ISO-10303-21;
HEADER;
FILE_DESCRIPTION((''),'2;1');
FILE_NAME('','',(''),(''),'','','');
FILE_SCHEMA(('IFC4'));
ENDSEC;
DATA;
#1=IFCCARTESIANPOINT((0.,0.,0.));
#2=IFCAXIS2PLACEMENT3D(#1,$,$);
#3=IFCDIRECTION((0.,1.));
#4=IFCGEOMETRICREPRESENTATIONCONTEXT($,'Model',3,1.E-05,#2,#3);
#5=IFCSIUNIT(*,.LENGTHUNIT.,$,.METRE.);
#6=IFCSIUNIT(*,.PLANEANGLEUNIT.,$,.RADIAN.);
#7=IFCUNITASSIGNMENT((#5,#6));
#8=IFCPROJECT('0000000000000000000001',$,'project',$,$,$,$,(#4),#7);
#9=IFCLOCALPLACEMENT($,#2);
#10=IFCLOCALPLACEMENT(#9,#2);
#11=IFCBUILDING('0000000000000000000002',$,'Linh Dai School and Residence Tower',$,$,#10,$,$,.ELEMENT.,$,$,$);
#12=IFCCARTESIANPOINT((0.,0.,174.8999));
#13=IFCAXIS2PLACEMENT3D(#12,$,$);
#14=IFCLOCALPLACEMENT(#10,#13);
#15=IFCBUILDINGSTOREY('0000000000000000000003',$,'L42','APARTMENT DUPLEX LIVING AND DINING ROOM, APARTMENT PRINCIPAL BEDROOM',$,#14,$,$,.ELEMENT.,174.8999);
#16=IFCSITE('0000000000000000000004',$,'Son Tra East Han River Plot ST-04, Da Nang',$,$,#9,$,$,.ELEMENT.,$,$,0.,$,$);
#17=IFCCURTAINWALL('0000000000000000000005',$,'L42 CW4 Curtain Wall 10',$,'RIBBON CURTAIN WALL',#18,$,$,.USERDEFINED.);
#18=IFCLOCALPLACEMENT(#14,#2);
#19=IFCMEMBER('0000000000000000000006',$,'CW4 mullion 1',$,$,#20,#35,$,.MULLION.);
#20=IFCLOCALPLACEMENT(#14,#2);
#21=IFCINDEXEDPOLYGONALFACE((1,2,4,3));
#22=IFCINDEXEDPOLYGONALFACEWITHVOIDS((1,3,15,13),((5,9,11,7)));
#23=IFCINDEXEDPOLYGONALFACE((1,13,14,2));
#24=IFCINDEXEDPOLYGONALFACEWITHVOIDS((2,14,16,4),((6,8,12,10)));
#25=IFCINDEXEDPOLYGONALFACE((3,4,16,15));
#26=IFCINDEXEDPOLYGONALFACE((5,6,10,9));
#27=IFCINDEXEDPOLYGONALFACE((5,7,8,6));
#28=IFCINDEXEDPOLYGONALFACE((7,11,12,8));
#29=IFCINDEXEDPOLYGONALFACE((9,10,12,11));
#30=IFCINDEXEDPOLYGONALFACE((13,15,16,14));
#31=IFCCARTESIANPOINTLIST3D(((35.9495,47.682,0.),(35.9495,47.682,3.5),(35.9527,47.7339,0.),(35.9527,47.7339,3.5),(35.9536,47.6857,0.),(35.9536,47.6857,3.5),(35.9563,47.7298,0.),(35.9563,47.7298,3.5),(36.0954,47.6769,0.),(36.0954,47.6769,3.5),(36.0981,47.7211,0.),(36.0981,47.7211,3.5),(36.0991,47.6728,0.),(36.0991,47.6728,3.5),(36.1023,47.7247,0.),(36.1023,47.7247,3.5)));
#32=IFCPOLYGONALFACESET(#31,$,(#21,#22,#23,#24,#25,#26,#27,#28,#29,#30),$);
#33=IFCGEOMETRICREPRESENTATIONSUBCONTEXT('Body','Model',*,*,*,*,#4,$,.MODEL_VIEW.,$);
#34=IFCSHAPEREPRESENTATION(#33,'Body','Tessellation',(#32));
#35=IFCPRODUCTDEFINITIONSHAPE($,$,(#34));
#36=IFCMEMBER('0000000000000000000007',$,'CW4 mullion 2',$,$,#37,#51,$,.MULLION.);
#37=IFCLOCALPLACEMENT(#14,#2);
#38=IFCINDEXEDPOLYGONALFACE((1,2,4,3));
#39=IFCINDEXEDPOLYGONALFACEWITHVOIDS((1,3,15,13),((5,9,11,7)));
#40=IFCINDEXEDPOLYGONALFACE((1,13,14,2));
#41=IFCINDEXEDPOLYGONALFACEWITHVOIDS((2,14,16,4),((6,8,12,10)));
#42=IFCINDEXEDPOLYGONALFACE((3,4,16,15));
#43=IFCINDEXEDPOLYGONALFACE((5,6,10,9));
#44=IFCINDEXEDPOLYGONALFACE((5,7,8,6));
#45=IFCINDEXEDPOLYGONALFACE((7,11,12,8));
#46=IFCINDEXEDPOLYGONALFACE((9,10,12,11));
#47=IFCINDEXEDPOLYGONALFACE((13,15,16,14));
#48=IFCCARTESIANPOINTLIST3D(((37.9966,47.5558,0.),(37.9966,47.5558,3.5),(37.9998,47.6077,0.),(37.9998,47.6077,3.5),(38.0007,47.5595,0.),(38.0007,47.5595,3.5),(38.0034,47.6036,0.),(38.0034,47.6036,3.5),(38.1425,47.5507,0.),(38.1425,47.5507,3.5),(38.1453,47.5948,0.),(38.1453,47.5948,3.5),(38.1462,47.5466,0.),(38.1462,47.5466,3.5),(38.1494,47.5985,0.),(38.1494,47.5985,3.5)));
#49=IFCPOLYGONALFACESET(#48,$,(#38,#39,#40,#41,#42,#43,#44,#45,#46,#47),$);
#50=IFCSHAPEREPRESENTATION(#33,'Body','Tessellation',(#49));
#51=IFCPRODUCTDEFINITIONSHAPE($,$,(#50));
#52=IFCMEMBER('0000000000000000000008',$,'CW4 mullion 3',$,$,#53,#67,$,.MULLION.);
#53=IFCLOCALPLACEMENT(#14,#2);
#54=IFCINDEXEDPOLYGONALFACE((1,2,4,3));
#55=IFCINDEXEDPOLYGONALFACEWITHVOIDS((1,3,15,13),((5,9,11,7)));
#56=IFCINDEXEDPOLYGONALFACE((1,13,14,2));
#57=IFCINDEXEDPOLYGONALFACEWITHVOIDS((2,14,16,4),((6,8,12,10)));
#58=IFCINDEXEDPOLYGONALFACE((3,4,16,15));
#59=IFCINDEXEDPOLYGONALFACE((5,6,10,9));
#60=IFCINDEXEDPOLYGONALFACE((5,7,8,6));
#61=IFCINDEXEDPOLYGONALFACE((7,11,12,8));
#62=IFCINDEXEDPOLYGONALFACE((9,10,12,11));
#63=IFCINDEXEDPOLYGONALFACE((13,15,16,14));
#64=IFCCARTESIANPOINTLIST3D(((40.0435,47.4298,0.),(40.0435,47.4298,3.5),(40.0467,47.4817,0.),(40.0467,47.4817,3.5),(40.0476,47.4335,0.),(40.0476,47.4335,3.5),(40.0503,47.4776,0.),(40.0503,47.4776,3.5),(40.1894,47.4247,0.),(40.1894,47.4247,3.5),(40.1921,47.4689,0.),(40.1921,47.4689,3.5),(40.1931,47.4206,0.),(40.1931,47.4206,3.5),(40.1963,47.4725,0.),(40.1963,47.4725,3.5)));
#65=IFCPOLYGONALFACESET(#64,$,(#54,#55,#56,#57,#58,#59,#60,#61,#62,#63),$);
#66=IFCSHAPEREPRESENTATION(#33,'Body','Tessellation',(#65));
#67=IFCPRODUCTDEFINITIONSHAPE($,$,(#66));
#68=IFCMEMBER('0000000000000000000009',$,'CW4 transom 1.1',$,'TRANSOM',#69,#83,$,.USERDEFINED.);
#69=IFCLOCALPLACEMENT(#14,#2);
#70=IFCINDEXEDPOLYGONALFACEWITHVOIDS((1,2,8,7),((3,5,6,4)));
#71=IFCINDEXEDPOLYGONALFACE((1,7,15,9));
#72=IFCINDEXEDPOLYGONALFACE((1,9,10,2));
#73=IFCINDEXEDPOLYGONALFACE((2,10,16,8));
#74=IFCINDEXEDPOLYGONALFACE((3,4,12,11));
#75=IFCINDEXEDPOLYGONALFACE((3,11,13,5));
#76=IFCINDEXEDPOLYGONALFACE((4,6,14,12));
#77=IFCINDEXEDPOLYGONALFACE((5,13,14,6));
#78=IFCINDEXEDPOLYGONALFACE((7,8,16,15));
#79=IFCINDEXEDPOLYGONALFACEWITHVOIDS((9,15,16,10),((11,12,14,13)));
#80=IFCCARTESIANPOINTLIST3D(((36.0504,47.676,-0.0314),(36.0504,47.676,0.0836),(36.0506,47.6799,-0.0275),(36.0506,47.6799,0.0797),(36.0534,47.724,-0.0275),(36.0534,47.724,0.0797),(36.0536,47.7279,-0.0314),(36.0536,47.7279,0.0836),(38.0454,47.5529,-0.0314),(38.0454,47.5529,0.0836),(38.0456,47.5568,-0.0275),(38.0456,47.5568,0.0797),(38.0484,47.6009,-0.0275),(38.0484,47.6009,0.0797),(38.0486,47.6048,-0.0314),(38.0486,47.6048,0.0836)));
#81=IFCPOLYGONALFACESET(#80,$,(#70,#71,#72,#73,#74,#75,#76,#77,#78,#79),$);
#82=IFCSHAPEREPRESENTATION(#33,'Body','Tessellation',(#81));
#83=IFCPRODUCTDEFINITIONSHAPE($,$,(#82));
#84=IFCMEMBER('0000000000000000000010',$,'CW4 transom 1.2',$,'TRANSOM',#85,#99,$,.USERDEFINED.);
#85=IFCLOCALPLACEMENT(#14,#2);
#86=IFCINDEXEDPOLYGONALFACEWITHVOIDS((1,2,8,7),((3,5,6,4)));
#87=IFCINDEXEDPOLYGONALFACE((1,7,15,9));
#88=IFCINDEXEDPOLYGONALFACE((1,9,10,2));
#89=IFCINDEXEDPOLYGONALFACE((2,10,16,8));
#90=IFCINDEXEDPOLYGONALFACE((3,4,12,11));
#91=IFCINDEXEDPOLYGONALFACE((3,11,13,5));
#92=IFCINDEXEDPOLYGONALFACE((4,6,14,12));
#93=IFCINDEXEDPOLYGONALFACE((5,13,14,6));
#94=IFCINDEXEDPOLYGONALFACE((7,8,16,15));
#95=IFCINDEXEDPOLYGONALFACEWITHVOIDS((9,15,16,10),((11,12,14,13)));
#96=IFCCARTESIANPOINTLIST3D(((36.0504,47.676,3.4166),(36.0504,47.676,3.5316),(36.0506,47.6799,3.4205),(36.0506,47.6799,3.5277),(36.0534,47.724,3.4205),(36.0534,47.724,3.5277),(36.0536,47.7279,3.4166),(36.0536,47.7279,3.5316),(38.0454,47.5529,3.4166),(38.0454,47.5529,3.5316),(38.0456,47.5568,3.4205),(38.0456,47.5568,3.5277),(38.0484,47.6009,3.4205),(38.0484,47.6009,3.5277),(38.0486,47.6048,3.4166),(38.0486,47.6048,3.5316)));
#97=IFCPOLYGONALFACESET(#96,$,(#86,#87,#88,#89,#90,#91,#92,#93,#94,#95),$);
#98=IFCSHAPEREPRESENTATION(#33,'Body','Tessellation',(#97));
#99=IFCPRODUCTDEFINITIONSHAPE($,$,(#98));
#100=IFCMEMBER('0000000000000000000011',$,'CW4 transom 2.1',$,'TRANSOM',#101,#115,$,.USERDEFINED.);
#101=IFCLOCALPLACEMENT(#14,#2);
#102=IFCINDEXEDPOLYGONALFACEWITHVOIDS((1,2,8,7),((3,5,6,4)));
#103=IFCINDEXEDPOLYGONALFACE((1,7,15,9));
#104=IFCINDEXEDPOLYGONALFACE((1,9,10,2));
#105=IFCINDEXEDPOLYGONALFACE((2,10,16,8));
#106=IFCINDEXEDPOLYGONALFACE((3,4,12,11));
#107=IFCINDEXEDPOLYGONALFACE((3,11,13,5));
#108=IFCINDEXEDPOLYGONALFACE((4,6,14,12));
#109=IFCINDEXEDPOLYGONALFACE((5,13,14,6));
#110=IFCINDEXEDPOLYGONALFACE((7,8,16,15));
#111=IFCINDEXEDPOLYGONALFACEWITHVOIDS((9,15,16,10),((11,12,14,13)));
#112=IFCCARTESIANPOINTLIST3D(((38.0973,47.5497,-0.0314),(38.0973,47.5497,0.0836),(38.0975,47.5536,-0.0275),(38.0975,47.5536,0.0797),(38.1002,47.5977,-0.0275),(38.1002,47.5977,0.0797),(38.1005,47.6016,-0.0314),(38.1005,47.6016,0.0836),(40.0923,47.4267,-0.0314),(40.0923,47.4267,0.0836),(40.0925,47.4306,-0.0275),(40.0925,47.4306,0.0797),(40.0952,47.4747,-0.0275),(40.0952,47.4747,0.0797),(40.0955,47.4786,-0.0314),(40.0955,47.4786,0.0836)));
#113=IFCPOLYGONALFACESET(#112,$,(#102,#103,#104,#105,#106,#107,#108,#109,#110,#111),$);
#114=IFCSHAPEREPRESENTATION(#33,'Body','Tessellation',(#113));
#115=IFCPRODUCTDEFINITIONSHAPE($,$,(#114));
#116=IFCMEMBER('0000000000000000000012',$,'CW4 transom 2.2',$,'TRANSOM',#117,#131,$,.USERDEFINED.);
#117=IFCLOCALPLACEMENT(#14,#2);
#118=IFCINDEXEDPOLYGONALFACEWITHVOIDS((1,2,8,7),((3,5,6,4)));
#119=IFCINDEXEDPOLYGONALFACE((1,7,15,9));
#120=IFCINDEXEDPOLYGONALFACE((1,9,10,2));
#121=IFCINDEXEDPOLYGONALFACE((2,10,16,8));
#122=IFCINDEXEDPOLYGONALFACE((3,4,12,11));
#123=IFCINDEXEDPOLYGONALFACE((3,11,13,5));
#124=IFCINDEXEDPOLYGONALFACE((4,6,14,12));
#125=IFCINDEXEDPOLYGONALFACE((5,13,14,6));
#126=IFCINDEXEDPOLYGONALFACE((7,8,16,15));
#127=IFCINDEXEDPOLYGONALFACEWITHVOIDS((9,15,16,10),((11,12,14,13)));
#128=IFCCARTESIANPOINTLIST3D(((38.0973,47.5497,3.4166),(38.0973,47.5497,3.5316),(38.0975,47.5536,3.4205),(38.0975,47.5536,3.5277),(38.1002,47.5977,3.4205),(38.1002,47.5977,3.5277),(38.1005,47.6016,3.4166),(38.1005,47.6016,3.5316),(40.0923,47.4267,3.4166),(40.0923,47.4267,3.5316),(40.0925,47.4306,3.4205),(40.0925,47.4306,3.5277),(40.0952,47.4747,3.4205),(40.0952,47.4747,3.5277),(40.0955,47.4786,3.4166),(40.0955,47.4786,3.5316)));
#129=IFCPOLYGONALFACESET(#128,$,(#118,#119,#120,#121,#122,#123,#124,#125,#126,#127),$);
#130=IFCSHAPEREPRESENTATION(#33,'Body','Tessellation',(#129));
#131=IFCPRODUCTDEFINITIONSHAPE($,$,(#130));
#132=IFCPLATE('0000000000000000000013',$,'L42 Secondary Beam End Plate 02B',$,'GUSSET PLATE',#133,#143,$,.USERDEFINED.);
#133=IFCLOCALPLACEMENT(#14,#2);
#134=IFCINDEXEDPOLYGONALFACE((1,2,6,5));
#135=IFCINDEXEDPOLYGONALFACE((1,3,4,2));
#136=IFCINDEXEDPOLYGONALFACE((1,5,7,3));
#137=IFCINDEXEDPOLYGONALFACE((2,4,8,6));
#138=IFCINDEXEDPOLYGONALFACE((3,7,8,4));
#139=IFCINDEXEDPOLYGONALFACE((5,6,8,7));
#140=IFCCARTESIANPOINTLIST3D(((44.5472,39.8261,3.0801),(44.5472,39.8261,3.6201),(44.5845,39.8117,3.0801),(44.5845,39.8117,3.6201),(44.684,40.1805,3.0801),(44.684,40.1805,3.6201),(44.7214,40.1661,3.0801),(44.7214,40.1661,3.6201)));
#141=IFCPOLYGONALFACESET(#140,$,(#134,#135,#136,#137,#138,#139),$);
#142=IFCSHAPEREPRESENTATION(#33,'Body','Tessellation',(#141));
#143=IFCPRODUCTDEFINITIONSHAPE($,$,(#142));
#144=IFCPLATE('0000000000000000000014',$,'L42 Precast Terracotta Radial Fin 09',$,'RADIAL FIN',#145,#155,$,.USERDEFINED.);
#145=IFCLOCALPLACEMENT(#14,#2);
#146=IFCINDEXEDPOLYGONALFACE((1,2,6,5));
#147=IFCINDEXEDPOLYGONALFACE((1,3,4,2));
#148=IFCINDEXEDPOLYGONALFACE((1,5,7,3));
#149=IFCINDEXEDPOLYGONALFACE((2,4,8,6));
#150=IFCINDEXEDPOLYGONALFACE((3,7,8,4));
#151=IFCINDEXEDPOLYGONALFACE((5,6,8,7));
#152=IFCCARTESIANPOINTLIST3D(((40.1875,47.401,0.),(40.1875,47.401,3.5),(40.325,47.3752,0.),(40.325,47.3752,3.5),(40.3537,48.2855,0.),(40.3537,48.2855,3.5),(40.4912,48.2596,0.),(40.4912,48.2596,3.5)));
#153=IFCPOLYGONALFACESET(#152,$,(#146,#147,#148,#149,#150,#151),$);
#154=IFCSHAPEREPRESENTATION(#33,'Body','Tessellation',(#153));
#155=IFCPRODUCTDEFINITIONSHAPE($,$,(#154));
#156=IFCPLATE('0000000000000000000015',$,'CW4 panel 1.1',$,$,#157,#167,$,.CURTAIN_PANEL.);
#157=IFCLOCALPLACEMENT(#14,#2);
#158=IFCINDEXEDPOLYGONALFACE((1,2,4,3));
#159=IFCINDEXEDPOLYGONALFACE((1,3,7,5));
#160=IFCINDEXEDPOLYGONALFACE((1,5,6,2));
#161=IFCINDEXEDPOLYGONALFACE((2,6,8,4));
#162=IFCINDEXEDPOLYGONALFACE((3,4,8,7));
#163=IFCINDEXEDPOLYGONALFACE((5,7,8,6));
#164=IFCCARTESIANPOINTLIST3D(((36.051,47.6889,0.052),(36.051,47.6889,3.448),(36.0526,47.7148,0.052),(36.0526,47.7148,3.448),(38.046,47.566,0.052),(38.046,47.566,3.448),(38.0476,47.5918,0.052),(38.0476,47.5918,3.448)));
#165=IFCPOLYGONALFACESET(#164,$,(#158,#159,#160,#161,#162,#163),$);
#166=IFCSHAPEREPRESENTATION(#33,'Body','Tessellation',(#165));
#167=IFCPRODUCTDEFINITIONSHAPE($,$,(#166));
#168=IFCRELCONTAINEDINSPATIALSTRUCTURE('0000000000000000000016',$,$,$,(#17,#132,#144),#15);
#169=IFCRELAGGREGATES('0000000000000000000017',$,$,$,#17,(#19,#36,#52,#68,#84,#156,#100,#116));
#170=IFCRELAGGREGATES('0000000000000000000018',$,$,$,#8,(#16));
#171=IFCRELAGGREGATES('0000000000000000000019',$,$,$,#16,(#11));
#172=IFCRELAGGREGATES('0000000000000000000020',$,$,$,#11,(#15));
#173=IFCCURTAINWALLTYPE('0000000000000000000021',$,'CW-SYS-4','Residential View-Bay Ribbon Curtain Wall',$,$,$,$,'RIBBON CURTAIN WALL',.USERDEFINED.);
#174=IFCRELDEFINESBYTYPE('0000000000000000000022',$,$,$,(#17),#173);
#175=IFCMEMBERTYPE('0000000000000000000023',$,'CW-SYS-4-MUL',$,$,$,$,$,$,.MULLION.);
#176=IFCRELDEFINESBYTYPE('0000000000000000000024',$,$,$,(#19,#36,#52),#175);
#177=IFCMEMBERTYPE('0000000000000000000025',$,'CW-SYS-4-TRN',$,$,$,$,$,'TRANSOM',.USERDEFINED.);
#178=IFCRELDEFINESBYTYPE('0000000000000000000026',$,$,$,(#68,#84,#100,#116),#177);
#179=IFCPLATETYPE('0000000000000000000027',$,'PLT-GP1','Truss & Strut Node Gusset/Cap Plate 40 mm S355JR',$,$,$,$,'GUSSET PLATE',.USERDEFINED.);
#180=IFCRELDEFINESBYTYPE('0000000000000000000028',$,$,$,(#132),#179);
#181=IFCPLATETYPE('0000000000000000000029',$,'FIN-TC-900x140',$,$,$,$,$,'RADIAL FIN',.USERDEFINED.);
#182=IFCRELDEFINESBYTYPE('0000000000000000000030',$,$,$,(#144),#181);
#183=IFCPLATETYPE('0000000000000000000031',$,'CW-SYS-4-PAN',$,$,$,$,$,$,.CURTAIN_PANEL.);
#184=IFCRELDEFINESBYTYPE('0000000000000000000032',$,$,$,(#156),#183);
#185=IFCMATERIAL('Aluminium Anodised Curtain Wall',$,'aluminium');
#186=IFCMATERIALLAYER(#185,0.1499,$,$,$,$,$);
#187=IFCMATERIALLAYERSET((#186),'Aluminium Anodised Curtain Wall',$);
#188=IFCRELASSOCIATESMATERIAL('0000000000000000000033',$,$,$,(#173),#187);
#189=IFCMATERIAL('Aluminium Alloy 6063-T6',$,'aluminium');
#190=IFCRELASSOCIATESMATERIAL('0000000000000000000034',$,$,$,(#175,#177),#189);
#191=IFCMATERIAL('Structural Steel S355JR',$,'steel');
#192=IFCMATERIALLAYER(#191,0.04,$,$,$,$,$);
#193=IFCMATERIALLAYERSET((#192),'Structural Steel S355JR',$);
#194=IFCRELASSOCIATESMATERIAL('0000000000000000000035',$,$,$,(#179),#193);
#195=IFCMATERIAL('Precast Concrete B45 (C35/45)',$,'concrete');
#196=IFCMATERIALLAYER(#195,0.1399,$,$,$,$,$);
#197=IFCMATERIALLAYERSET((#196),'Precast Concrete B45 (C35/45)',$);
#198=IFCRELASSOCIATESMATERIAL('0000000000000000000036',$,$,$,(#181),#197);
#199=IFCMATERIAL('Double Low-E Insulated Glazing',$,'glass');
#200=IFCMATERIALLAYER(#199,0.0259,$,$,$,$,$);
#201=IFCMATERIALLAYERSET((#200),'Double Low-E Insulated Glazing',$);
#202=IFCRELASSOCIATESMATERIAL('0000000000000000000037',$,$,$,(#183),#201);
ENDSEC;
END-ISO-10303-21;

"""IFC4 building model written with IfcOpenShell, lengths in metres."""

from ifc_helpers import new_model, si_unit, direction, frame, origin, origin_2d, place, context, subcontext, project, spatial, rectangle, hollow_rectangle, extrude, source, transform, mapped, material, layer, layer_set, material_profile, profile_set, type_object, element, aggregate, save


model = new_model("IFC4")

# Units and contexts
model_context = context("Model", 3, precision=1e-05, world=origin(), true_north=direction((0.0, 1.0)))
body_context = subcontext(model_context, "Body", "Model", "MODEL_VIEW")
ifc_project = project(units=[si_unit("LENGTHUNIT", "METRE"), si_unit("PLANEANGLEUNIT", "RADIAN")], contexts=[model_context])

# Site, building, storey
site_placement = place(None, origin())
site = spatial("IfcSite", under=ifc_project, at=site_placement, Name="Son Tra East Han River Plot ST-04, Da Nang", CompositionType="ELEMENT", RefElevation=0.0)
building_placement = place(site_placement, origin())
building = spatial("IfcBuilding", under=site, at=building_placement, Name="Linh Dai School and Residence Tower", CompositionType="ELEMENT")
storey_placement = place(building_placement, frame((0.0, 0.0, 174.8999)))
storey = spatial("IfcBuildingStorey", under=building, at=storey_placement, Name="L42", Description="APARTMENT DUPLEX LIVING AND DINING ROOM, APARTMENT PRINCIPAL BEDROOM", CompositionType="ELEMENT", Elevation=174.8999)

# Curtain wall, members
ifc_material_1 = material(Name="Aluminium Anodised Curtain Wall", Category="aluminium")
ifc_layer_1 = layer(ifc_material_1, 0.1499)
ifc_layer_set_1 = layer_set([ifc_layer_1], Name="Aluminium Anodised Curtain Wall")
curtain_wall_type = type_object("IfcCurtainWallType", Name="CW-SYS-4", Description="Residential View-Bay Ribbon Curtain Wall", ElementType="RIBBON CURTAIN WALL", PredefinedType="USERDEFINED", material=ifc_layer_set_1)
curtain_wall_placement = place(storey_placement, origin())
curtain_wall = element("IfcCurtainWall", 1, at=curtain_wall_placement, inside=storey, type_object=curtain_wall_type, Name="L42 CW4 Curtain Wall 10", ObjectType="RIBBON CURTAIN WALL", PredefinedType="USERDEFINED")
ifc_material_2 = material(Name="Aluminium Alloy 6063-T6", Category="aluminium")
ifc_material_profile_1 = material_profile(ifc_material_2, hollow_rectangle(XDim=0.052, YDim=0.1499, WallThickness=0.0039, at=origin_2d()), Name="RHS 150x52x4")
ifc_profile_set_1 = profile_set([ifc_material_profile_1], Name="Aluminium Alloy 6063-T6")
member_type_1 = type_object("IfcMemberType", Name="CW-SYS-4-MUL", PredefinedType="MULLION", material=ifc_profile_set_1)
shared_shape_1 = source(origin(), body_context, "Body", "SweptSolid", [
    extrude(hollow_rectangle(XDim=0.052, YDim=0.1499, WallThickness=0.0039, at=origin_2d()), origin(), (0.0, 0.0, 1.0), 3.5),
])
member_1_placement = place(storey_placement, frame((36.0259, 47.7034, 0.0), z_axis=(0.0, 0.0, 1.0), x_axis=(0.061512, 0.998106, 0.0)))
member_1 = element("IfcMember", 2, at=member_1_placement, type_object=member_type_1, Name="CW4 mullion 1", PredefinedType="MULLION", context=body_context, shape_type="MappedRepresentation", body=[
    mapped(shared_shape_1, transform((0.0, 0.0, 0.0), x_axis=(1.0, 0.0, 0.0), y_axis=(0.0, 1.0, 0.0), z_axis=(0.0, 0.0, 1.0), scale=1.0)),
])
member_2_placement = place(storey_placement, frame((38.073, 47.5771, 0.0), z_axis=(0.0, 0.0, 1.0), x_axis=(0.061512, 0.998106, 0.0)))
member_2 = element("IfcMember", 3, at=member_2_placement, type_object=member_type_1, Name="CW4 mullion 2", PredefinedType="MULLION", context=body_context, shape_type="MappedRepresentation", body=[
    mapped(shared_shape_1, transform((0.0, 0.0, 0.0), x_axis=(1.0, 0.0, 0.0), y_axis=(0.0, 1.0, 0.0), z_axis=(0.0, 0.0, 1.0), scale=1.0)),
])
member_3_placement = place(storey_placement, frame((40.1199, 47.4512, 0.0), z_axis=(0.0, 0.0, 1.0), x_axis=(0.061512, 0.998106, 0.0)))
member_3 = element("IfcMember", 4, at=member_3_placement, type_object=member_type_1, Name="CW4 mullion 3", PredefinedType="MULLION", context=body_context, shape_type="MappedRepresentation", body=[
    mapped(shared_shape_1, transform((0.0, 0.0, 0.0), x_axis=(1.0, 0.0, 0.0), y_axis=(0.0, 1.0, 0.0), z_axis=(0.0, 0.0, 1.0), scale=1.0)),
])
ifc_material_profile_2 = material_profile(ifc_material_2, hollow_rectangle(XDim=0.052, YDim=0.115, WallThickness=0.0039, at=origin_2d()), Name="RHS 115x52x4")
ifc_profile_set_2 = profile_set([ifc_material_profile_2], Name="Aluminium Alloy 6063-T6")
member_type_2 = type_object("IfcMemberType", Name="CW-SYS-4-TRN", ElementType="TRANSOM", PredefinedType="USERDEFINED", material=ifc_profile_set_2)
shared_shape_2 = source(origin(), body_context, "Body", "SweptSolid", [
    extrude(hollow_rectangle(XDim=0.052, YDim=0.115, WallThickness=0.0039, at=origin_2d()), origin(), (0.0, 0.0, 1.0), 1.9988),
])
member_4_placement = place(storey_placement, frame((36.052, 47.7019, 0.0261), z_axis=(0.998103, -0.061565, 0.0), x_axis=(0.061565, 0.998103, 0.0)))
member_4 = element("IfcMember", 5, at=member_4_placement, type_object=member_type_2, Name="CW4 transom 1.1", ObjectType="TRANSOM", PredefinedType="USERDEFINED", context=body_context, shape_type="MappedRepresentation", body=[
    mapped(shared_shape_2, transform((0.0, 0.0, 0.0), x_axis=(1.0, 0.0, 0.0), y_axis=(0.0, 1.0, 0.0), z_axis=(0.0, 0.0, 1.0), scale=1.0)),
])
member_5_placement = place(storey_placement, frame((36.052, 47.7019, 3.4741), z_axis=(0.998103, -0.061565, 0.0), x_axis=(0.061565, 0.998103, 0.0)))
member_5 = element("IfcMember", 6, at=member_5_placement, type_object=member_type_2, Name="CW4 transom 1.2", ObjectType="TRANSOM", PredefinedType="USERDEFINED", context=body_context, shape_type="MappedRepresentation", body=[
    mapped(shared_shape_2, transform((0.0, 0.0, 0.0), x_axis=(1.0, 0.0, 0.0), y_axis=(0.0, 1.0, 0.0), z_axis=(0.0, 0.0, 1.0), scale=1.0)),
])
member_6_placement = place(storey_placement, frame((38.0989, 47.5757, 0.0261), z_axis=(0.998103, -0.061565, 0.0), x_axis=(0.061565, 0.998103, 0.0)))
member_6 = element("IfcMember", 7, at=member_6_placement, type_object=member_type_2, Name="CW4 transom 2.1", ObjectType="TRANSOM", PredefinedType="USERDEFINED", context=body_context, shape_type="MappedRepresentation", body=[
    mapped(shared_shape_2, transform((0.0, 0.0, 0.0), x_axis=(1.0, 0.0, 0.0), y_axis=(0.0, 1.0, 0.0), z_axis=(0.0, 0.0, 1.0), scale=1.0)),
])
member_7_placement = place(storey_placement, frame((38.0989, 47.5757, 3.4741), z_axis=(0.998103, -0.061565, 0.0), x_axis=(0.061565, 0.998103, 0.0)))
member_7 = element("IfcMember", 8, at=member_7_placement, type_object=member_type_2, Name="CW4 transom 2.2", ObjectType="TRANSOM", PredefinedType="USERDEFINED", context=body_context, shape_type="MappedRepresentation", body=[
    mapped(shared_shape_2, transform((0.0, 0.0, 0.0), x_axis=(1.0, 0.0, 0.0), y_axis=(0.0, 1.0, 0.0), z_axis=(0.0, 0.0, 1.0), scale=1.0)),
])

# Plates
ifc_material_3 = material(Name="Structural Steel S355JR", Category="steel")
ifc_layer_2 = layer(ifc_material_3, 0.04)
ifc_layer_set_2 = layer_set([ifc_layer_2], Name="Structural Steel S355JR")
plate_type_1 = type_object("IfcPlateType", Name="PLT-GP1", Description="Truss & Strut Node Gusset/Cap Plate 40 mm S355JR", ElementType="GUSSET PLATE", PredefinedType="USERDEFINED", material=ifc_layer_set_2)
shared_shape_3 = source(origin(), body_context, "Body", "SweptSolid", [
    extrude(rectangle(XDim=0.04, YDim=0.3799, at=origin_2d()), origin(), (0.0, 0.0, 1.0), 0.54),
])
plate_1_placement = place(storey_placement, frame((44.6343, 39.9961, 3.0801), z_axis=(0.0, 0.0, 1.0), x_axis=(-0.932823, 0.360335, 0.0)))
element("IfcPlate", 9, at=plate_1_placement, inside=storey, type_object=plate_type_1, Name="L42 Secondary Beam End Plate 02B", ObjectType="GUSSET PLATE", PredefinedType="USERDEFINED", context=body_context, shape_type="MappedRepresentation", body=[
    mapped(shared_shape_3, transform((0.0, 0.0, 0.0), x_axis=(1.0, 0.0, 0.0), y_axis=(0.0, 1.0, 0.0), z_axis=(0.0, 0.0, 1.0), scale=1.0)),
])
ifc_material_4 = material(Name="Precast Concrete B45 (C35/45)", Category="concrete")
ifc_layer_3 = layer(ifc_material_4, 0.1399)
ifc_layer_set_3 = layer_set([ifc_layer_3], Name="Precast Concrete B45 (C35/45)")
plate_type_2 = type_object("IfcPlateType", Name="FIN-TC-900x140", ElementType="RADIAL FIN", PredefinedType="USERDEFINED", material=ifc_layer_set_3)
shared_shape_4 = source(origin(), body_context, "Body", "SweptSolid", [
    extrude(rectangle(XDim=0.8999, YDim=0.1399, at=origin_2d()), origin(), (0.0, 0.0, 1.0), 3.5),
])
plate_2_placement = place(storey_placement, frame((40.3394, 47.8303, 0.0), z_axis=(0.0, 0.0, 1.0), x_axis=(0.184763, 0.982783, 0.0)))
element("IfcPlate", 10, at=plate_2_placement, inside=storey, type_object=plate_type_2, Name="L42 Precast Terracotta Radial Fin 09", ObjectType="RADIAL FIN", PredefinedType="USERDEFINED", context=body_context, shape_type="MappedRepresentation", body=[
    mapped(shared_shape_4, transform((0.0, 0.0, 0.0), x_axis=(1.0, 0.0, 0.0), y_axis=(0.0, 1.0, 0.0), z_axis=(0.0, 0.0, 1.0), scale=1.0)),
])

# Plate
ifc_material_5 = material(Name="Double Low-E Insulated Glazing", Category="glass")
ifc_layer_4 = layer(ifc_material_5, 0.0259)
ifc_layer_set_4 = layer_set([ifc_layer_4], Name="Double Low-E Insulated Glazing")
plate_type_3 = type_object("IfcPlateType", Name="CW-SYS-4-PAN", PredefinedType="CURTAIN_PANEL", material=ifc_layer_set_4)
shared_shape_5 = source(origin(), body_context, "Body", "SweptSolid", [
    extrude(rectangle(XDim=1.9988, YDim=0.0259, at=origin_2d()), origin(), (0.0, 0.0, 1.0), 3.396),
])
plate_3_placement = place(storey_placement, frame((37.0493, 47.6404, 0.052), z_axis=(0.0, 0.0, 1.0), x_axis=(0.998106, -0.061512, 0.0)))
plate_3 = element("IfcPlate", 11, at=plate_3_placement, type_object=plate_type_3, Name="CW4 panel 1.1", PredefinedType="CURTAIN_PANEL", context=body_context, shape_type="MappedRepresentation", body=[
    mapped(shared_shape_5, transform((0.0, 0.0, 0.0), x_axis=(1.0, 0.0, 0.0), y_axis=(0.0, 1.0, 0.0), z_axis=(0.0, 0.0, 1.0), scale=1.0)),
])
aggregate(curtain_wall, [member_1, member_2, member_3, member_4, member_5, plate_3, member_6, member_7])

save(model, "model.ifc")
